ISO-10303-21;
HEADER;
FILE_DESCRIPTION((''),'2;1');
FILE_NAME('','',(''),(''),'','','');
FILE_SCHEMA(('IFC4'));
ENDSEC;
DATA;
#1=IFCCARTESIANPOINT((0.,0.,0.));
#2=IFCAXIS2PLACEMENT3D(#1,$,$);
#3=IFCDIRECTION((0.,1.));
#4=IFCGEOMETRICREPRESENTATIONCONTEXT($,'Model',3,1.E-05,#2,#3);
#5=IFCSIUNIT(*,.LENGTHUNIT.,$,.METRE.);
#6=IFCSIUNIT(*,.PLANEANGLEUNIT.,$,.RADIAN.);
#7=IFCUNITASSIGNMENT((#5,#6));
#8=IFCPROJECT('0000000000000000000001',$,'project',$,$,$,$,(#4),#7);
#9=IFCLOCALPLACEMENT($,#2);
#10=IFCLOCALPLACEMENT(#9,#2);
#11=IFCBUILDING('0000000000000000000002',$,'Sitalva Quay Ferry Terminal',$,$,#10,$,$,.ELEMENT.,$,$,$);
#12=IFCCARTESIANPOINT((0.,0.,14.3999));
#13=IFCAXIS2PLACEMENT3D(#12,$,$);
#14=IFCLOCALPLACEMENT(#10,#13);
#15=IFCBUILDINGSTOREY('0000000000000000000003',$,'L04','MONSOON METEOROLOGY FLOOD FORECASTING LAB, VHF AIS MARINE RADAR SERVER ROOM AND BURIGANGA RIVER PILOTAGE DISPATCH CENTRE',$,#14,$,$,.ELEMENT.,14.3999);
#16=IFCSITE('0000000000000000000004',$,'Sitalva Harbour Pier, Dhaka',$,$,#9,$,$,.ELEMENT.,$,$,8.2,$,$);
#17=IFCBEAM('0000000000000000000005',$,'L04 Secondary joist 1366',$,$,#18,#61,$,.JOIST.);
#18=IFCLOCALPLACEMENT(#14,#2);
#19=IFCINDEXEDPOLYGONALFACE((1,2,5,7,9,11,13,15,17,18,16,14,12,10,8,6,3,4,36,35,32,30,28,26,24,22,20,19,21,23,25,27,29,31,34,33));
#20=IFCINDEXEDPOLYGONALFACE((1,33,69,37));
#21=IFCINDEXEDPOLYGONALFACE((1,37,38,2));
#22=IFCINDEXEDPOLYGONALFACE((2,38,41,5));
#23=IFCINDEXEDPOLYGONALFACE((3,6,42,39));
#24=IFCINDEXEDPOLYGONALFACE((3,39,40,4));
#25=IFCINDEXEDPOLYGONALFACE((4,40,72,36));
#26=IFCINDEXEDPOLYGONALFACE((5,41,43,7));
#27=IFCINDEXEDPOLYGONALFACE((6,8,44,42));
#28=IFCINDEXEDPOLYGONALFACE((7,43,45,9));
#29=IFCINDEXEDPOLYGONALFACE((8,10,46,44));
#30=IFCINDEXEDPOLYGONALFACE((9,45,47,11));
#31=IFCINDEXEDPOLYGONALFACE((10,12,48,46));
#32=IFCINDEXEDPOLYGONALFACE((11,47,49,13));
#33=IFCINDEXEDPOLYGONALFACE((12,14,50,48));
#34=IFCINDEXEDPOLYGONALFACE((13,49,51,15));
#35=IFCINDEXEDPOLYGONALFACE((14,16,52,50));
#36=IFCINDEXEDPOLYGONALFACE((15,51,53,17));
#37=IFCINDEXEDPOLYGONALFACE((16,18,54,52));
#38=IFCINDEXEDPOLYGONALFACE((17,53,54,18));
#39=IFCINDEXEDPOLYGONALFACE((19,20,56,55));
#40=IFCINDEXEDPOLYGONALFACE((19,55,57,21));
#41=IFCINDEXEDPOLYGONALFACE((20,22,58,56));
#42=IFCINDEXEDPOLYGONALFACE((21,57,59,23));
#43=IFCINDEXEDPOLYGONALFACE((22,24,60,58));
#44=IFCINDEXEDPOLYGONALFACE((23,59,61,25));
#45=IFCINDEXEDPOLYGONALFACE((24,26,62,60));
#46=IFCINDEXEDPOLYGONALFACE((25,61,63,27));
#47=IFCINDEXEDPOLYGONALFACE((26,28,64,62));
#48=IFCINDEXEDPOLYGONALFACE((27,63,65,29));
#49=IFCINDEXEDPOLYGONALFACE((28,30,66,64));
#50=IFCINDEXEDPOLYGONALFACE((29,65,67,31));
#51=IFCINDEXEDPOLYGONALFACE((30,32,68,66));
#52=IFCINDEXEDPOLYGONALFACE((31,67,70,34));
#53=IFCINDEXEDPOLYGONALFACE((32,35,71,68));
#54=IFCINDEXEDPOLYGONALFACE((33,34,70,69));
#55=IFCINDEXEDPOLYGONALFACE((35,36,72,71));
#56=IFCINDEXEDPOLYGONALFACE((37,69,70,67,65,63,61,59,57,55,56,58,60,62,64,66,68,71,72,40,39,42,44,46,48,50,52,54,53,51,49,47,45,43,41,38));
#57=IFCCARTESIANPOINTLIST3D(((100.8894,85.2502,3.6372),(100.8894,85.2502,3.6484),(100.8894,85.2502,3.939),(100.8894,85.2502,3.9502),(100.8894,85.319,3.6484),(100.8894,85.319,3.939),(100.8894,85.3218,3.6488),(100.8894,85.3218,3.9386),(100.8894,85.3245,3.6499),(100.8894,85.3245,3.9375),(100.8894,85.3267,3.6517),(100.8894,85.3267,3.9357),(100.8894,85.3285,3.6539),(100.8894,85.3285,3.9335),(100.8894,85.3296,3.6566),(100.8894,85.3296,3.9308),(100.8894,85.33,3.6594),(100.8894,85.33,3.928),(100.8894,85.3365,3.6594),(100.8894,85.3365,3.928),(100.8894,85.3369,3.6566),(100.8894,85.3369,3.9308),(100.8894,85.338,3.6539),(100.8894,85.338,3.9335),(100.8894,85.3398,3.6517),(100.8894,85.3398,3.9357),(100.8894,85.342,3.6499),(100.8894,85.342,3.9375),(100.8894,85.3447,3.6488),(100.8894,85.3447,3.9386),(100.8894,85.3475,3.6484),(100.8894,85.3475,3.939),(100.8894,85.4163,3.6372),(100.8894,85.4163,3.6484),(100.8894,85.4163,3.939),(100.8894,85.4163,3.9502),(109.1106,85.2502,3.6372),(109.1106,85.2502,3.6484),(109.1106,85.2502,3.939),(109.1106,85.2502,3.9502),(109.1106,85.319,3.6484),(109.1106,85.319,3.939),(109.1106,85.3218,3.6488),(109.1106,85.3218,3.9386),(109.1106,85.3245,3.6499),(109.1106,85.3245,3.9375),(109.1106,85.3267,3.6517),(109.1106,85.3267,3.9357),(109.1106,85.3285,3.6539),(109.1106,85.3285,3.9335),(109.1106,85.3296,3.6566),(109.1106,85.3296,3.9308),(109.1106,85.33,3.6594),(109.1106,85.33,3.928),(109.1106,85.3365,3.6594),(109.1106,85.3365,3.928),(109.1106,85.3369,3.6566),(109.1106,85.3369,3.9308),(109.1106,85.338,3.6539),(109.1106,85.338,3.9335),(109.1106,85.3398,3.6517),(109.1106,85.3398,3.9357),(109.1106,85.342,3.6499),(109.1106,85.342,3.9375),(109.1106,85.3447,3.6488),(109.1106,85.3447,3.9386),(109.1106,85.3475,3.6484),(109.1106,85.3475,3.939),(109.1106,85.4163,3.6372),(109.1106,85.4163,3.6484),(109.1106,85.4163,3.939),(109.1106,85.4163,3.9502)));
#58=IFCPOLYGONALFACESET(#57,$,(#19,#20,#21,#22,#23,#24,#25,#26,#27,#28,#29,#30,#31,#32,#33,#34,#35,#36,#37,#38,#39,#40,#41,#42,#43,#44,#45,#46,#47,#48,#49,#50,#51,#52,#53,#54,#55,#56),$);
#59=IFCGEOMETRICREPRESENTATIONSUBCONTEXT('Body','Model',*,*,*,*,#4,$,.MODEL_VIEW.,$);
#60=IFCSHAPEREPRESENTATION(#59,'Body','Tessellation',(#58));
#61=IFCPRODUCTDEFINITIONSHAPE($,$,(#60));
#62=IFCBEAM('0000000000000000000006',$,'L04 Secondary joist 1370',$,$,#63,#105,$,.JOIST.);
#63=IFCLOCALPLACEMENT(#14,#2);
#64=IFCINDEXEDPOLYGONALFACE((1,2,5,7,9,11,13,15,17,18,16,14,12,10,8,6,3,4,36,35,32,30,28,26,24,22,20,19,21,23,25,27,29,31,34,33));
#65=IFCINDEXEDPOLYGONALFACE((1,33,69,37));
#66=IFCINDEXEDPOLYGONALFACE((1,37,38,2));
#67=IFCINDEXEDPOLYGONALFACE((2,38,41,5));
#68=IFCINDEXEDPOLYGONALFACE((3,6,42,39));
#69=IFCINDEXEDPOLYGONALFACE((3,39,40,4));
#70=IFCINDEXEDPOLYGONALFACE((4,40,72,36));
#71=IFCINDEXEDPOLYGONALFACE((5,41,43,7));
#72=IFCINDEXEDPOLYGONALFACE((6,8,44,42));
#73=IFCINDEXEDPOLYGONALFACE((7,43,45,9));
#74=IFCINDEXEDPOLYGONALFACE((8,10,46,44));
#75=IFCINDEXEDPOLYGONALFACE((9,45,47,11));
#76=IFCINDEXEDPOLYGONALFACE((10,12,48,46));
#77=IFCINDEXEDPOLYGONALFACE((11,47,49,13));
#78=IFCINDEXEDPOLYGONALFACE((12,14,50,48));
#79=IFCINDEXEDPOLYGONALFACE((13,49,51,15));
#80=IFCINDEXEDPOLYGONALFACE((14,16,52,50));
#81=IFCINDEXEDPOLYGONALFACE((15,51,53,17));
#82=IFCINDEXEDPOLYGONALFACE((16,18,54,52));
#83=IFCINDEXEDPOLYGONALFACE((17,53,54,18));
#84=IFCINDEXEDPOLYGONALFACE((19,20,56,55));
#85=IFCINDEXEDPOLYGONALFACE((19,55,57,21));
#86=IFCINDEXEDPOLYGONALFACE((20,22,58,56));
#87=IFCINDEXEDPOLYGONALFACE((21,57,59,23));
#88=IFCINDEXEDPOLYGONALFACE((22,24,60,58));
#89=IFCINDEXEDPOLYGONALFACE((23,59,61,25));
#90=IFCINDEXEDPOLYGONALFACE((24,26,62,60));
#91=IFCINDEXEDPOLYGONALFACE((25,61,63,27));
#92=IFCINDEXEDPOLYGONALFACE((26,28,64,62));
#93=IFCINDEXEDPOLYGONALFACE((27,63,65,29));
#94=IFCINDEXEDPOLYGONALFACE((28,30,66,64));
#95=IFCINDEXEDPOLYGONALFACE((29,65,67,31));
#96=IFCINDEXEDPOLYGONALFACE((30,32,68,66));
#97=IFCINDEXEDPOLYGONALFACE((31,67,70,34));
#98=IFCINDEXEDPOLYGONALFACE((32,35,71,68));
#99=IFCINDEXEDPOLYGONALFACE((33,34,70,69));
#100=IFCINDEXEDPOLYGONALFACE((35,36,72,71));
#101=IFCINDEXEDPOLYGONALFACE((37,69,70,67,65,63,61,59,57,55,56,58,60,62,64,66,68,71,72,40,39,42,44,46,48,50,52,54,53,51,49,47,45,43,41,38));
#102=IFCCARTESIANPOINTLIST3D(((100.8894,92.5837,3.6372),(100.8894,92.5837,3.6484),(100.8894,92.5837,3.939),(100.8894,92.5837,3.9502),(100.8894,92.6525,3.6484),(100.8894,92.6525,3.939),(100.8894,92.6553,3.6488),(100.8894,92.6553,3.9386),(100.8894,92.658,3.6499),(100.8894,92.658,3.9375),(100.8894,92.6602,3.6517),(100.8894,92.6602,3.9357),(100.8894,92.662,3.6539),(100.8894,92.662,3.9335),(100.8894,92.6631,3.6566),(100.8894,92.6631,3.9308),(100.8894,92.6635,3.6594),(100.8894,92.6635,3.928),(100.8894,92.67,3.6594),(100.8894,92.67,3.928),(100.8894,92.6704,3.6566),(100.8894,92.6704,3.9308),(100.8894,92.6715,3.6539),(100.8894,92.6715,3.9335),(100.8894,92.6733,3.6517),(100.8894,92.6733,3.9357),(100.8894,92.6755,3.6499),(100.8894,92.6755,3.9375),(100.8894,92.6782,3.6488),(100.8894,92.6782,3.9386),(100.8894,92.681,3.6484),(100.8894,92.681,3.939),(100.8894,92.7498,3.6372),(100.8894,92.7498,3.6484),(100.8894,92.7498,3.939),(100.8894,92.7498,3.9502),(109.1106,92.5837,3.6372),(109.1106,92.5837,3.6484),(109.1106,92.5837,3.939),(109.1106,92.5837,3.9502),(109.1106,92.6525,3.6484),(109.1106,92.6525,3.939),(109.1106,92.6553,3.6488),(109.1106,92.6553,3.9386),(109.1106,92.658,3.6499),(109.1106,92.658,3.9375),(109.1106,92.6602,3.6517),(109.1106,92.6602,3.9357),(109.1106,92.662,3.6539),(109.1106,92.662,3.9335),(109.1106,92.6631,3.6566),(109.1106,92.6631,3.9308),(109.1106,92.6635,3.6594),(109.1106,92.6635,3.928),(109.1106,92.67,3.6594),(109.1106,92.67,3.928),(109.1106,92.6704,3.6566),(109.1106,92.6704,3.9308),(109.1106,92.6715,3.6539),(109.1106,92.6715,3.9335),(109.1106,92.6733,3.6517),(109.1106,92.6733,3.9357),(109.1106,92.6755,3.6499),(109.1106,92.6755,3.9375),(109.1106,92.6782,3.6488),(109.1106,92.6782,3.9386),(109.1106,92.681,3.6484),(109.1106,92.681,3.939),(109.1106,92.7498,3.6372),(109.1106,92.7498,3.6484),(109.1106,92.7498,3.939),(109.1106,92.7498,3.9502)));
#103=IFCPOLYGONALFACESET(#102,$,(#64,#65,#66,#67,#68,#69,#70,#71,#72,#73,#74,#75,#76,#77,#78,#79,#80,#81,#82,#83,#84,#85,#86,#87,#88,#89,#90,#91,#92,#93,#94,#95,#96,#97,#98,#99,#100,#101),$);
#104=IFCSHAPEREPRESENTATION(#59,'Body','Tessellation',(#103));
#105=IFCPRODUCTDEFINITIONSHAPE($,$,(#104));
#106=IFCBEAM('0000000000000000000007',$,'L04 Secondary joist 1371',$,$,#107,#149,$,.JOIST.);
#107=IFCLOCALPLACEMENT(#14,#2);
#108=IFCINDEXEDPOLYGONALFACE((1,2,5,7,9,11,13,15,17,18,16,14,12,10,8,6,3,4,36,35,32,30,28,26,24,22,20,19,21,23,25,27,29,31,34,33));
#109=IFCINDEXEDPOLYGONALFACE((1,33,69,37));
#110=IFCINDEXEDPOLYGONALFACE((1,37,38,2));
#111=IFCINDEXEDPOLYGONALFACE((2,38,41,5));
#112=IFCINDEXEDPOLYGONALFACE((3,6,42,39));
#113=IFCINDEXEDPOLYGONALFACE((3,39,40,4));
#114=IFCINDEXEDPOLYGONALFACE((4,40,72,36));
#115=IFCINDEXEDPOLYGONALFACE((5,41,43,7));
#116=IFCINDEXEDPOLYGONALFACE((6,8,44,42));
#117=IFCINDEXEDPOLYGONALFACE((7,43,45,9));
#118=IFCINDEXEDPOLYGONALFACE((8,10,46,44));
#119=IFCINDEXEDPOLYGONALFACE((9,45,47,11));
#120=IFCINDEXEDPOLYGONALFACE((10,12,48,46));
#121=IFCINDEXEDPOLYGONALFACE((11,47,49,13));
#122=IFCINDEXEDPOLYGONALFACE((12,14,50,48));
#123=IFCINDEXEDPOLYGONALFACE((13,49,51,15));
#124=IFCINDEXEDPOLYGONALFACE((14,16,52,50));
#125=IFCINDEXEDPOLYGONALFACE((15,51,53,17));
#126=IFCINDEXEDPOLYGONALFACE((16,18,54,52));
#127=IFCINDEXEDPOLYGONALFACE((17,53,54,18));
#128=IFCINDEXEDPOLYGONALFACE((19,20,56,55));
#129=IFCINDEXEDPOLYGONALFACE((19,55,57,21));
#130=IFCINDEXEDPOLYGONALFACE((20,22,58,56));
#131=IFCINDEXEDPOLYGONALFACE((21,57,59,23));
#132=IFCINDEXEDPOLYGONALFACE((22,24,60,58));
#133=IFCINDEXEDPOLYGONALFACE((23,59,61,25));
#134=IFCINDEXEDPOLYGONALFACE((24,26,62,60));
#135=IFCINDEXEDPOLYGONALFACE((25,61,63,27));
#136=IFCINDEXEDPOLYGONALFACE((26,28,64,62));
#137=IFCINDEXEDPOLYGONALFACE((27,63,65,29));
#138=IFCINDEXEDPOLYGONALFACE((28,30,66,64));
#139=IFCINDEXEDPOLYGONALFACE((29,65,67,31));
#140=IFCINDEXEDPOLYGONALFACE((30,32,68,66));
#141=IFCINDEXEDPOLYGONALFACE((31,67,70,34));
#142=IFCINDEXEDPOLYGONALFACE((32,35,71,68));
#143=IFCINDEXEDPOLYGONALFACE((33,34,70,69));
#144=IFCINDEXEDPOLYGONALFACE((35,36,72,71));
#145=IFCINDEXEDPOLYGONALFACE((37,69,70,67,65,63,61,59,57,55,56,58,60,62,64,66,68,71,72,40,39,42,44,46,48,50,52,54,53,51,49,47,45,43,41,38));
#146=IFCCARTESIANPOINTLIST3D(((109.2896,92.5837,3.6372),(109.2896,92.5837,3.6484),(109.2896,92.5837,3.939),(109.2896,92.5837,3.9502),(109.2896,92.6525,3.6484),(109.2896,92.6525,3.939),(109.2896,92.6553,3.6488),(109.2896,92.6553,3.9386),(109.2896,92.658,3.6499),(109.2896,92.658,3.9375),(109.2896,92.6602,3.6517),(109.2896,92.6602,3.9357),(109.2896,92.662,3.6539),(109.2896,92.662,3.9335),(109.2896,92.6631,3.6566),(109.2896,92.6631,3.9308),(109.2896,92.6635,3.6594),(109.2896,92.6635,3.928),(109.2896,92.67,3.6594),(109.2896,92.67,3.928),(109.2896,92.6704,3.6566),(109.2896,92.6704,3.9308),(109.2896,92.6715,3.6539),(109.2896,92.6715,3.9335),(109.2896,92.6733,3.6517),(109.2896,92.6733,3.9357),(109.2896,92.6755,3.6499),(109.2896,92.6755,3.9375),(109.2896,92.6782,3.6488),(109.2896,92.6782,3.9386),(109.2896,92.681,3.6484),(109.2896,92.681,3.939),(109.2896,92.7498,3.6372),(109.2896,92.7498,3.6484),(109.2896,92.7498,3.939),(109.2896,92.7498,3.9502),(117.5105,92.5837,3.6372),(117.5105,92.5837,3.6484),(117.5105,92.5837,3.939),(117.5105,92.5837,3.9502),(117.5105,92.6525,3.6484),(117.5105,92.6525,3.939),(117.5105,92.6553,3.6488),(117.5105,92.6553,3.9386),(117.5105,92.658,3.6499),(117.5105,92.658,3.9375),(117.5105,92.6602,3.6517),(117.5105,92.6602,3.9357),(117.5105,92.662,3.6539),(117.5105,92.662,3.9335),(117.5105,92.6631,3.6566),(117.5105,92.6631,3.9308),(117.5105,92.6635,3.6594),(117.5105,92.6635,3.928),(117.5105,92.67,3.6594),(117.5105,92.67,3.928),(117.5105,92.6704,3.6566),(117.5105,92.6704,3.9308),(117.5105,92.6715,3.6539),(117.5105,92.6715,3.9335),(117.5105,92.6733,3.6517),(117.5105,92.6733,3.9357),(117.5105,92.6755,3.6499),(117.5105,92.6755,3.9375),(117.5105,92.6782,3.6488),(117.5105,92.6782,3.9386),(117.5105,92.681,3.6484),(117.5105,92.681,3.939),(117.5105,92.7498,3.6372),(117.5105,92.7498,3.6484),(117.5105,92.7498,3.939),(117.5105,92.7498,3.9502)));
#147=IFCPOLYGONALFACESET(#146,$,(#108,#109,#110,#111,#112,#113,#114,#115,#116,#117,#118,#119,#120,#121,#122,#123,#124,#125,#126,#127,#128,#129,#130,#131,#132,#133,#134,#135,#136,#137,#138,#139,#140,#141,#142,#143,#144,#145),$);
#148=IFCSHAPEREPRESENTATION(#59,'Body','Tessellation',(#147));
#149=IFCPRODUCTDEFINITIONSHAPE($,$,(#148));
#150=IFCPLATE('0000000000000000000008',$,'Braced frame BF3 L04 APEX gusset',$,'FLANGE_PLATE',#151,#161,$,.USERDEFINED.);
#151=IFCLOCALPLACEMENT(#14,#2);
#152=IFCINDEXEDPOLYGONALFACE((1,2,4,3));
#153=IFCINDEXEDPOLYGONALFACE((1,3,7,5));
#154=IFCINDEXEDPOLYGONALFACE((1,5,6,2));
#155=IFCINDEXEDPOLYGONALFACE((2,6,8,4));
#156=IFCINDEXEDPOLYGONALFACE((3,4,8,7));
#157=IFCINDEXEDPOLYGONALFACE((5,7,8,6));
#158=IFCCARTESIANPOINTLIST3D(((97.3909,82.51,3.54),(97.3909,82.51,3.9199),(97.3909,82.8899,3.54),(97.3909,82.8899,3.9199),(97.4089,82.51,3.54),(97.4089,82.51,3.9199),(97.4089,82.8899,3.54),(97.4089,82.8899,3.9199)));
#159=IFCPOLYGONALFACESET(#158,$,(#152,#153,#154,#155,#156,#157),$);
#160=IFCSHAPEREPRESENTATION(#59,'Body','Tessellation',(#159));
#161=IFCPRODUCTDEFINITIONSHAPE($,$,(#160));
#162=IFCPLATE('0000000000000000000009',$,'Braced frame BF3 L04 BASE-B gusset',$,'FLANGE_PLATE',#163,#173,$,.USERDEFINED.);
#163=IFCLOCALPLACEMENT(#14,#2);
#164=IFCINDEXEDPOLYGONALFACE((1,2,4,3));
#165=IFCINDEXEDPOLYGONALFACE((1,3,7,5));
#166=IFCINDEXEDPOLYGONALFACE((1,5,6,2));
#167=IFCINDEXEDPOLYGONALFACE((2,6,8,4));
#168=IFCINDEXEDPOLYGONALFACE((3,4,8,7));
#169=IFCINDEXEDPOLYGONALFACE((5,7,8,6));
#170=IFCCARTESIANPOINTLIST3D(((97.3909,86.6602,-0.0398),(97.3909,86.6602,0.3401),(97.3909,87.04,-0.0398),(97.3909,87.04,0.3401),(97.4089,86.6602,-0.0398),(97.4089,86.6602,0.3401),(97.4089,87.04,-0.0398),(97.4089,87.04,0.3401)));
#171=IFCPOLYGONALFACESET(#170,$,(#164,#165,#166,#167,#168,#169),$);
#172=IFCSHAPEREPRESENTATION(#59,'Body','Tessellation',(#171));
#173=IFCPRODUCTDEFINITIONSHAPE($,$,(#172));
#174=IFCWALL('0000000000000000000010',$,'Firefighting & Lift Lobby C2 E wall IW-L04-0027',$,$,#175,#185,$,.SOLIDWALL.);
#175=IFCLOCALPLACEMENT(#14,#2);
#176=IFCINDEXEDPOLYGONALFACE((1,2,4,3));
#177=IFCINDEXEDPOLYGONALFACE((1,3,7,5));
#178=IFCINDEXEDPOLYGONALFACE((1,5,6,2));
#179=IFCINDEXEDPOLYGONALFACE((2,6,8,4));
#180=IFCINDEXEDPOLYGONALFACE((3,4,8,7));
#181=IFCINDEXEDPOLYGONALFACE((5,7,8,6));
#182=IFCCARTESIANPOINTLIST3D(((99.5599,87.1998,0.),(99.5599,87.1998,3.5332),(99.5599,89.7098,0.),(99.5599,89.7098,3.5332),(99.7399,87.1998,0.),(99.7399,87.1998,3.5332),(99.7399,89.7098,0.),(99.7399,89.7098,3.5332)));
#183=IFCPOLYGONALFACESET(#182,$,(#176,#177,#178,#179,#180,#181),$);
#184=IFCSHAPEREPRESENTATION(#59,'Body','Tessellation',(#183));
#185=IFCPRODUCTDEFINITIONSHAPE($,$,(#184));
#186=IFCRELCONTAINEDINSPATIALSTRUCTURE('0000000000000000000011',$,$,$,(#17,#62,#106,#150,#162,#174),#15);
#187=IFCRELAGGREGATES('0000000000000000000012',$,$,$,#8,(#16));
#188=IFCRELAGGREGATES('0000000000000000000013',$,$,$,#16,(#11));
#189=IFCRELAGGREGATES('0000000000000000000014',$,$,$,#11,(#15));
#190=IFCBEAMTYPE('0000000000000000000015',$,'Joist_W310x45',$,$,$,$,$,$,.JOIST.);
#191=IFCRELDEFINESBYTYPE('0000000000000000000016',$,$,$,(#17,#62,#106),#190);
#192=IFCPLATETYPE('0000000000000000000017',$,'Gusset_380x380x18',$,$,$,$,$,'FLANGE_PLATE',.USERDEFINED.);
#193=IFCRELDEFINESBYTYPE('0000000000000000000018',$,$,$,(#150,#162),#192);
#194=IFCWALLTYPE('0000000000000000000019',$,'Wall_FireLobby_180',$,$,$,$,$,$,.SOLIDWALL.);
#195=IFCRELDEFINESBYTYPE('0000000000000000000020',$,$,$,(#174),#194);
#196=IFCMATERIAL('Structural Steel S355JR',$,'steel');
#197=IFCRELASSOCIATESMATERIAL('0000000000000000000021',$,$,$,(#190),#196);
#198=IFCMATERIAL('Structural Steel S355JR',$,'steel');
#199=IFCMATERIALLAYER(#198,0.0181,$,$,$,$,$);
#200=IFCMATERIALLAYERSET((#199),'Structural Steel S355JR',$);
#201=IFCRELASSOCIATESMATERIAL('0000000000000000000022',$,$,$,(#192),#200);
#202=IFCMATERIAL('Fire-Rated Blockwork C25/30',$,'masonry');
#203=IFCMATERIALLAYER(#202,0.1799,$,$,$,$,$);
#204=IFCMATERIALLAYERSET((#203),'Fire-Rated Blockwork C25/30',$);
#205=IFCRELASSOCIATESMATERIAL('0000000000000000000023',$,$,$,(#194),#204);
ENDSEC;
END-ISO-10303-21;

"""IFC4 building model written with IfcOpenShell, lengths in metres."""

from ifc_helpers import new_model, si_unit, direction, frame, frame_2d, origin, origin_2d, place, context, subcontext, project, spatial, rectangle, i_section, extrude, material, layer, layer_set, material_profile, profile_set, type_object, element, save


model = new_model("IFC4")

# Units and contexts
model_context = context("Model", 3, precision=1e-05, world=origin(), true_north=direction((0.0, 1.0)))
body_context = subcontext(model_context, "Body", "Model", "MODEL_VIEW")
ifc_project = project(units=[si_unit("LENGTHUNIT", "METRE"), si_unit("PLANEANGLEUNIT", "RADIAN")], contexts=[model_context])

# Site, building, storey
site_placement = place(None, origin())
site = spatial("IfcSite", under=ifc_project, at=site_placement, Name="Sitalva Harbour Pier, Dhaka", CompositionType="ELEMENT", RefElevation=8.2)
building_placement = place(site_placement, origin())
building = spatial("IfcBuilding", under=site, at=building_placement, Name="Sitalva Quay Ferry Terminal", CompositionType="ELEMENT")
storey_placement = place(building_placement, frame((0.0, 0.0, 14.3999)))
storey = spatial("IfcBuildingStorey", under=building, at=storey_placement, Name="L04", Description="MONSOON METEOROLOGY FLOOD FORECASTING LAB, VHF AIS MARINE RADAR SERVER ROOM AND BURIGANGA RIVER PILOTAGE DISPATCH CENTRE", CompositionType="ELEMENT", Elevation=14.3999)

# Beams
ifc_material_1 = material(Name="Structural Steel S355JR", Category="steel")
ifc_material_profile_1 = material_profile(ifc_material_1, i_section(OverallWidth=0.166, OverallDepth=0.313, WebThickness=0.0066, FlangeThickness=0.0112, FilletRadius=0.011, at=origin_2d()), Name="W310x45")
ifc_profile_set_1 = profile_set([ifc_material_profile_1], Name="Structural Steel S355JR")
beam_type_1 = type_object("IfcBeamType", Name="Joist_W310x45", PredefinedType="JOIST", material=ifc_profile_set_1)
for number, where, z_axis, x_axis, name in (
    (1, (100.8894, 85.3333, 3.7937), (1.0, 0.0, 0.0), (0.0, 1.0, 0.0), "L04 Secondary joist 1366"),
    (2, (100.8894, 92.6667, 3.7937), (1.0, 0.0, 0.0), (0.0, 1.0, 0.0), "L04 Secondary joist 1370"),
):
    element("IfcBeam", number, at=place(storey_placement, frame(where, z_axis=z_axis, x_axis=x_axis)), inside=storey, type_object=beam_type_1, Name=name, PredefinedType="JOIST", context=body_context, shape_type="SweptSolid", body=[
        extrude(i_section(OverallWidth=0.166, OverallDepth=0.313, WebThickness=0.0066, FlangeThickness=0.0112, FilletRadius=0.011, at=origin_2d()), origin(), (0.0, 0.0, 1.0), 8.2212),
    ])
beam_1_placement = place(storey_placement, frame((109.2896, 92.6667, 3.7937), z_axis=(1.0, 0.0, 0.0), x_axis=(0.0, 1.0, 0.0)))
element("IfcBeam", 3, at=beam_1_placement, inside=storey, type_object=beam_type_1, Name="L04 Secondary joist 1371", PredefinedType="JOIST", context=body_context, shape_type="SweptSolid", body=[
    extrude(i_section(OverallWidth=0.166, OverallDepth=0.313, WebThickness=0.0066, FlangeThickness=0.0112, FilletRadius=0.011, at=origin_2d()), origin(), (0.0, 0.0, 1.0), 8.2209),
])

# Plates
ifc_material_2 = material(Name="Structural Steel S355JR", Category="steel")
ifc_layer_1 = layer(ifc_material_2, 0.0181)
ifc_layer_set_1 = layer_set([ifc_layer_1], Name="Structural Steel S355JR")
plate_type = type_object("IfcPlateType", Name="Gusset_380x380x18", ElementType="FLANGE_PLATE", PredefinedType="USERDEFINED", material=ifc_layer_set_1)
for number, where, z_axis, x_axis, name in (
    (4, (97.3999, 82.7, 3.54), (0.0, 0.0, 1.0), (1.0, 0.0, 0.0), "Braced frame BF3 L04 APEX gusset"),
    (5, (97.3999, 86.8501, -0.0398), (0.0, 0.0, 1.0), (1.0, 0.0, 0.0), "Braced frame BF3 L04 BASE-B gusset"),
):
    element("IfcPlate", number, at=place(storey_placement, frame(where, z_axis=z_axis, x_axis=x_axis)), inside=storey, type_object=plate_type, Name=name, ObjectType="FLANGE_PLATE", PredefinedType="USERDEFINED", context=body_context, shape_type="SweptSolid", body=[
        extrude(rectangle(XDim=0.0181, YDim=0.3799, at=origin_2d()), origin(), (0.0, 0.0, 1.0), 0.3799),
    ])

# Wall
ifc_material_3 = material(Name="Fire-Rated Blockwork C25/30", Category="masonry")
ifc_layer_2 = layer(ifc_material_3, 0.1799)
ifc_layer_set_2 = layer_set([ifc_layer_2], Name="Fire-Rated Blockwork C25/30")
wall_type_1 = type_object("IfcWallType", Name="Wall_FireLobby_180", PredefinedType="SOLIDWALL", material=ifc_layer_set_2)
wall_1_placement = place(storey_placement, frame((99.6499, 87.2, 0.0), z_axis=(0.0, 0.0, 1.0), x_axis=(0.0, 1.0, 0.0)))
element("IfcWall", 6, at=wall_1_placement, inside=storey, type_object=wall_type_1, Name="Firefighting & Lift Lobby C2 E wall IW-L04-0027", PredefinedType="SOLIDWALL", context=body_context, shape_type="SweptSolid", body=[
    extrude(rectangle(XDim=2.51, YDim=0.1799, at=frame_2d((1.2549, 0.0))), origin(), (0.0, 0.0, 1.0), 3.5332),
])

save(model, "model.ifc")
